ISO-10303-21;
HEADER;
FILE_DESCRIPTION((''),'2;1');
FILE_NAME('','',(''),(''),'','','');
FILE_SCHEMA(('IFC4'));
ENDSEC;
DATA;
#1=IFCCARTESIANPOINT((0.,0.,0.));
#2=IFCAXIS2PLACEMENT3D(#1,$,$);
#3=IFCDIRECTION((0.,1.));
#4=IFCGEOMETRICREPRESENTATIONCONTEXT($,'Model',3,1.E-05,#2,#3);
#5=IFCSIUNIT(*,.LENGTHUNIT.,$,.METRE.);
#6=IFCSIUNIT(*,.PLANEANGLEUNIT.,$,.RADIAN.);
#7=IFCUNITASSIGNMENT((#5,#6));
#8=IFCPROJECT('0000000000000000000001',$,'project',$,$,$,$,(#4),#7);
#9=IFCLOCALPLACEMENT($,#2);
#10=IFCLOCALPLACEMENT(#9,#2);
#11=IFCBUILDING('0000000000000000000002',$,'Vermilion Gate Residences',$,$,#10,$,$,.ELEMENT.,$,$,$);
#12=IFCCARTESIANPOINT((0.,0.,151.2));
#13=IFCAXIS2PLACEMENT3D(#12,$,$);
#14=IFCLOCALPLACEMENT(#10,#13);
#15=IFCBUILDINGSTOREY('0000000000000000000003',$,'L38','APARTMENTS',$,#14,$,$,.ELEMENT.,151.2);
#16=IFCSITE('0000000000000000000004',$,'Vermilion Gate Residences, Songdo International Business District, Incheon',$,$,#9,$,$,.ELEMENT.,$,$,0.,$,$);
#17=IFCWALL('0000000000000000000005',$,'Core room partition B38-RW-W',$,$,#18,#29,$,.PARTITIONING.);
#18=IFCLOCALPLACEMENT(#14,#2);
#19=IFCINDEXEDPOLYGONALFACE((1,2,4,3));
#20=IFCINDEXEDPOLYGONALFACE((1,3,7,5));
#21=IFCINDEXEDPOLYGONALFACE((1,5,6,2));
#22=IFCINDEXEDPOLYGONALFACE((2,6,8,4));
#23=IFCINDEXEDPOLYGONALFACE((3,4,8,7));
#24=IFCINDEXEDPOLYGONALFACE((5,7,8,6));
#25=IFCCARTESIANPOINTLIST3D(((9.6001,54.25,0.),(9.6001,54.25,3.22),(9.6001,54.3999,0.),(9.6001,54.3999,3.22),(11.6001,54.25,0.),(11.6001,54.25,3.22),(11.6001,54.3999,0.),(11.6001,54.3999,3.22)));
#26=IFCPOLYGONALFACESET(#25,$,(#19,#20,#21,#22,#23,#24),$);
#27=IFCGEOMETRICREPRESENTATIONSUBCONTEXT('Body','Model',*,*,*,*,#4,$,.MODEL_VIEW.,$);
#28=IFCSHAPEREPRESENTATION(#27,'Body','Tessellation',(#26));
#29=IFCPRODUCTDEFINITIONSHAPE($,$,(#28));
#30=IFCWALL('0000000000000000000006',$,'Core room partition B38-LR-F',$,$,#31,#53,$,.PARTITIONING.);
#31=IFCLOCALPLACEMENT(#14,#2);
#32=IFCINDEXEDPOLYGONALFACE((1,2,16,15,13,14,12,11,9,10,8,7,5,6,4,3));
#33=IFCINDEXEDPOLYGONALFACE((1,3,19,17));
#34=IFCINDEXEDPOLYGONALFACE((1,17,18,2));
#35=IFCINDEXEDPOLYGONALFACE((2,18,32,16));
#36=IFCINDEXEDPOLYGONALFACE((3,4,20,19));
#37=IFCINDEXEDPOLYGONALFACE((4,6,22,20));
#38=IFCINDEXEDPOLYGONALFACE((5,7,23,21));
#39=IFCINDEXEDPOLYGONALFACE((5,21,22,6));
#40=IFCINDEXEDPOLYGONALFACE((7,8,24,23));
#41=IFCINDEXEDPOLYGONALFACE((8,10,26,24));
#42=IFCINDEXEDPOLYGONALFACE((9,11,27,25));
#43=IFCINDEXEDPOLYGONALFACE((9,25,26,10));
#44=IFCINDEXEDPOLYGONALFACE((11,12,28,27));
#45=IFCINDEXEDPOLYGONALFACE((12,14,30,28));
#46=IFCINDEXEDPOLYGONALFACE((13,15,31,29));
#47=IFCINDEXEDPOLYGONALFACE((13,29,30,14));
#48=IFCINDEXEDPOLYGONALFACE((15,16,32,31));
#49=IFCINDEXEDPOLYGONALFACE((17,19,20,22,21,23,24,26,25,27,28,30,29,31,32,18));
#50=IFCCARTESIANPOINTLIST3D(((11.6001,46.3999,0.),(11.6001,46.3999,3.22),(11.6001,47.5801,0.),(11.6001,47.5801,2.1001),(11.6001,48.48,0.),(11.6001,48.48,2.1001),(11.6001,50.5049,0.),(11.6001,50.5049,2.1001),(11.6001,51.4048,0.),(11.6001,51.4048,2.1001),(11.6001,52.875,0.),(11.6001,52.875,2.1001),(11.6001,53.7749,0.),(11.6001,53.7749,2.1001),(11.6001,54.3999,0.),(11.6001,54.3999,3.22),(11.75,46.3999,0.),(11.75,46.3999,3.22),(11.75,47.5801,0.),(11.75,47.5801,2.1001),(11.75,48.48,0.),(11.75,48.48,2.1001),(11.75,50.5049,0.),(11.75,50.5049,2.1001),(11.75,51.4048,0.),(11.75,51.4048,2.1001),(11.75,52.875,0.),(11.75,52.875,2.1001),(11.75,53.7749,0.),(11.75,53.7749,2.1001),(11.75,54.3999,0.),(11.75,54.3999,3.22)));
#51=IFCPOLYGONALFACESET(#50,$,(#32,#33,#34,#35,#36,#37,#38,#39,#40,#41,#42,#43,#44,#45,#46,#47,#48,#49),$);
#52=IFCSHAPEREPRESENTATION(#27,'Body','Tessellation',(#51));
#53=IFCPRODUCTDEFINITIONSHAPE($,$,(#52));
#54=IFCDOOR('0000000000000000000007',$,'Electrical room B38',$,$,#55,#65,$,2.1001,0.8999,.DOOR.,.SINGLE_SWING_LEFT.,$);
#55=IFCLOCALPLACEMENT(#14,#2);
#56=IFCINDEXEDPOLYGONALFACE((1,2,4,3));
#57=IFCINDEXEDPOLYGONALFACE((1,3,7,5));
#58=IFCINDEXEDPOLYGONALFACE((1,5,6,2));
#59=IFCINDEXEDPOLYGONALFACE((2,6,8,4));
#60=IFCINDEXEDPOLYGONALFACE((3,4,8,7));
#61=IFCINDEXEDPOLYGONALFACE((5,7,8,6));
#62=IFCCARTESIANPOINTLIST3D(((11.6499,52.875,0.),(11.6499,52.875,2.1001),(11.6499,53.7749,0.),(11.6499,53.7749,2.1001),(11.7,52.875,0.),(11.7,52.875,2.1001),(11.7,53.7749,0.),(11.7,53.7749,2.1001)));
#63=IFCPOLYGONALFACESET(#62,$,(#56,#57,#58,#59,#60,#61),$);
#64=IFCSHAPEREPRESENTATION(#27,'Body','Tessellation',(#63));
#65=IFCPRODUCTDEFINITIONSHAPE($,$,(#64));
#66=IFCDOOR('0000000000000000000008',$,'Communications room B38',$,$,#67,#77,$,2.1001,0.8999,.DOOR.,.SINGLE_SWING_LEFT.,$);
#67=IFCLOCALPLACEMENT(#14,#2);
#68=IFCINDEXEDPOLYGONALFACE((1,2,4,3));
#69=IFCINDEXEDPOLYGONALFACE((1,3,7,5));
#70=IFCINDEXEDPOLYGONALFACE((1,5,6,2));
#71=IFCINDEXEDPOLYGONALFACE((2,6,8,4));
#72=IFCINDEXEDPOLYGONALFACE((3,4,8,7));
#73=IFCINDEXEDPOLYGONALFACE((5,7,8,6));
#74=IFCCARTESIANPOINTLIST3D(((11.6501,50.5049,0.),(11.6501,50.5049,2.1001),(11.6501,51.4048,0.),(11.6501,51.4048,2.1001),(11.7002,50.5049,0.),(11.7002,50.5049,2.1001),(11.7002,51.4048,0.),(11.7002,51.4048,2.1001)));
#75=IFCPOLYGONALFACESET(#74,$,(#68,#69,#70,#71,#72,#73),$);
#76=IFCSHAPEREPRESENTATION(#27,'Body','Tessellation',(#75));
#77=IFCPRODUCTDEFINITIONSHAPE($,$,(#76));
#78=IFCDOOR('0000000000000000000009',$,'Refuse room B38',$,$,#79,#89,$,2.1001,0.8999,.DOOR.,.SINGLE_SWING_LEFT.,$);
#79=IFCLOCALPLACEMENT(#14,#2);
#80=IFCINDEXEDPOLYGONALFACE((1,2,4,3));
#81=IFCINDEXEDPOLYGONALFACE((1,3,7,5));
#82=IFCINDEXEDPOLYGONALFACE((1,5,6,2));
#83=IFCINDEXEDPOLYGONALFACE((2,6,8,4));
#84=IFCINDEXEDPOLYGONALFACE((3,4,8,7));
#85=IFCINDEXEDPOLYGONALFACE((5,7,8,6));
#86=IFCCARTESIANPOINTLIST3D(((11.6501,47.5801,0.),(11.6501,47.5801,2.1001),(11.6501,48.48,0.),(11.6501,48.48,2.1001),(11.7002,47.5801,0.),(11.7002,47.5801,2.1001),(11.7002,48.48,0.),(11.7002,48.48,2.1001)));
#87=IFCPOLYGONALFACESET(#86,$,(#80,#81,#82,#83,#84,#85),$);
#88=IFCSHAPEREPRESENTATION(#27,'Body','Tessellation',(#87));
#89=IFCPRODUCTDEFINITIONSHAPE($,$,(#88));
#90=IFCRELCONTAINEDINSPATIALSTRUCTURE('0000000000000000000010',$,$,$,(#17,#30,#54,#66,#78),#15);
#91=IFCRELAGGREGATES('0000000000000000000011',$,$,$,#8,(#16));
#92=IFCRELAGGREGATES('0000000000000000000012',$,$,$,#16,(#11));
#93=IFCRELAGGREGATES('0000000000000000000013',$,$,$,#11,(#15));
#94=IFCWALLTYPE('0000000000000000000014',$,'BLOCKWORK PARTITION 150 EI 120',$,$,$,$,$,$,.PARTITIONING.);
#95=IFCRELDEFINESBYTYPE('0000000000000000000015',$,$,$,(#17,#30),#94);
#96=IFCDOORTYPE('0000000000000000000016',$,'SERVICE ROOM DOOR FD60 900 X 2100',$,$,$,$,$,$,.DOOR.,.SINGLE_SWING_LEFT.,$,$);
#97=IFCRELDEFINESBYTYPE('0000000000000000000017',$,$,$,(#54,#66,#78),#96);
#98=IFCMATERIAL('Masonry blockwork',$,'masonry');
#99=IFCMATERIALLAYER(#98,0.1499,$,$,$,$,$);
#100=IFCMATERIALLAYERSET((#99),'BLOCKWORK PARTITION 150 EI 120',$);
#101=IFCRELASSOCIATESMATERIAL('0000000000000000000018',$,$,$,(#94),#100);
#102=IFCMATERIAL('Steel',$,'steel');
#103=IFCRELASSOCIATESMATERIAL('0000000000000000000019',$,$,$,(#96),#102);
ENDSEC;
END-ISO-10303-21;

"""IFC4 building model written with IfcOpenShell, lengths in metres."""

from ifc_helpers import new_model, si_unit, direction, frame, frame_2d, origin, place, context, subcontext, project, spatial, rectangle, extrude, material, layer, layer_set, type_object, element, fill, save


model = new_model("IFC4")

# Units and contexts
model_context = context("Model", 3, precision=1e-05, world=origin(), true_north=direction((0.0, 1.0)))
body_context = subcontext(model_context, "Body", "Model", "MODEL_VIEW")
ifc_project = project(units=[si_unit("LENGTHUNIT", "METRE"), si_unit("PLANEANGLEUNIT", "RADIAN")], contexts=[model_context])

# Site, building, storey
site_placement = place(None, origin())
site = spatial("IfcSite", under=ifc_project, at=site_placement, Name="Vermilion Gate Residences, Songdo International Business District, Incheon", CompositionType="ELEMENT", RefElevation=0.0)
building_placement = place(site_placement, origin())
building = spatial("IfcBuilding", under=site, at=building_placement, Name="Vermilion Gate Residences", CompositionType="ELEMENT")
storey_placement = place(building_placement, frame((0.0, 0.0, 151.2)))
storey = spatial("IfcBuildingStorey", under=building, at=storey_placement, Name="L38", Description="APARTMENTS", CompositionType="ELEMENT", Elevation=151.2)

# Wall
ifc_material_1 = material(Name="Masonry blockwork", Category="masonry")
ifc_layer_1 = layer(ifc_material_1, 0.1499)
ifc_layer_set_1 = layer_set([ifc_layer_1], Name="BLOCKWORK PARTITION 150 EI 120")
wall_type_1 = type_object("IfcWallType", Name="BLOCKWORK PARTITION 150 EI 120", PredefinedType="PARTITIONING", material=ifc_layer_set_1)
wall_1_placement = place(storey_placement, frame((9.6001, 54.325, 0.0), z_axis=(0.0, 0.0, 1.0), x_axis=(1.0, 0.0, 0.0)))
element("IfcWall", 1, at=wall_1_placement, inside=storey, type_object=wall_type_1, Name="Core room partition B38-RW-W", PredefinedType="PARTITIONING", context=body_context, shape_type="SweptSolid", body=[
    extrude(rectangle(XDim=2.0, YDim=0.1499, at=frame_2d((1.0, 0.0))), origin(), (0.0, 0.0, 1.0), 3.22),
])

# Wall, openings, doors
wall_2_placement = place(storey_placement, frame((11.675, 54.3999, 0.0), z_axis=(0.0, 0.0, 1.0), x_axis=(0.0, -1.0, 0.0)))
wall_2 = element("IfcWall", 2, at=wall_2_placement, inside=storey, type_object=wall_type_1, Name="Core room partition B38-LR-F", PredefinedType="PARTITIONING", context=body_context, shape_type="SweptSolid", body=[
    extrude(rectangle(XDim=8.0, YDim=0.1499, at=frame_2d((4.0, 0.0))), origin(), (0.0, 0.0, 1.0), 3.22),
])
opening_1_placement = place(wall_2_placement, frame((0.625, 0.0, 0.0)))
opening_1 = element("IfcOpeningElement", 3, at=opening_1_placement, cuts=wall_2, PredefinedType="OPENING", context=body_context, shape_type="SweptSolid", body=[
    extrude(rectangle(XDim=0.8999, YDim=2.1001, at=frame_2d((0.45, 1.05))), frame((0.0, 0.085, 0.0), z_axis=(0.0, -1.0, 0.0), x_axis=(1.0, 0.0, 0.0)), (0.0, 0.0, 1.0), 0.1699),
])
opening_2_placement = place(wall_2_placement, frame((2.9951, 0.0, 0.0)))
opening_2 = element("IfcOpeningElement", 4, at=opening_2_placement, cuts=wall_2, PredefinedType="OPENING", context=body_context, shape_type="SweptSolid", body=[
    extrude(rectangle(XDim=0.8999, YDim=2.1001, at=frame_2d((0.45, 1.05))), frame((0.0, 0.085, 0.0), z_axis=(0.0, -1.0, 0.0), x_axis=(1.0, 0.0, 0.0)), (0.0, 0.0, 1.0), 0.1699),
])
opening_3_placement = place(wall_2_placement, frame((5.9199, 0.0, 0.0)))
opening_3 = element("IfcOpeningElement", 5, at=opening_3_placement, cuts=wall_2, PredefinedType="OPENING", context=body_context, shape_type="SweptSolid", body=[
    extrude(rectangle(XDim=0.8999, YDim=2.1001, at=frame_2d((0.45, 1.05))), frame((0.0, 0.085, 0.0), z_axis=(0.0, -1.0, 0.0), x_axis=(1.0, 0.0, 0.0)), (0.0, 0.0, 1.0), 0.1699),
])
ifc_material_2 = material(Name="Steel", Category="steel")
door_type = type_object("IfcDoorType", Name="SERVICE ROOM DOOR FD60 900 X 2100", OperationType="SINGLE_SWING_LEFT", PredefinedType="DOOR", material=ifc_material_2)
door_1_placement = place(opening_1_placement, origin())
door_1 = element("IfcDoor", 6, at=door_1_placement, inside=storey, type_object=door_type, Name="Electrical room B38", OperationType="SINGLE_SWING_LEFT", OverallHeight=2.1001, OverallWidth=0.8999, PredefinedType="DOOR", context=body_context, shape_type="SweptSolid", body=[
    extrude(rectangle(XDim=0.8999, YDim=2.1001, at=frame_2d((0.45, 1.05))), frame((0.0, 0.0249, 0.0), z_axis=(0.0, -1.0, 0.0), x_axis=(1.0, 0.0, 0.0)), (0.0, 0.0, 1.0), 0.05),
])
fill(opening_1, door_1)
door_2_placement = place(opening_2_placement, frame((0.8999, 0.0, 0.0), z_axis=(0.0, 0.0, 1.0), x_axis=(-1.0, 0.0, 0.0)))
door_2 = element("IfcDoor", 7, at=door_2_placement, inside=storey, type_object=door_type, Name="Communications room B38", OperationType="SINGLE_SWING_LEFT", OverallHeight=2.1001, OverallWidth=0.8999, PredefinedType="DOOR", context=body_context, shape_type="SweptSolid", body=[
    extrude(rectangle(XDim=0.8999, YDim=2.1001, at=frame_2d((0.45, 1.05))), frame((0.0, 0.0249, 0.0), z_axis=(0.0, -1.0, 0.0), x_axis=(1.0, 0.0, 0.0)), (0.0, 0.0, 1.0), 0.05),
])
fill(opening_2, door_2)
door_3_placement = place(opening_3_placement, frame((0.8999, 0.0, 0.0), z_axis=(0.0, 0.0, 1.0), x_axis=(-1.0, 0.0, 0.0)))
door_3 = element("IfcDoor", 8, at=door_3_placement, inside=storey, type_object=door_type, Name="Refuse room B38", OperationType="SINGLE_SWING_LEFT", OverallHeight=2.1001, OverallWidth=0.8999, PredefinedType="DOOR", context=body_context, shape_type="SweptSolid", body=[
    extrude(rectangle(XDim=0.8999, YDim=2.1001, at=frame_2d((0.45, 1.05))), frame((0.0, 0.0249, 0.0), z_axis=(0.0, -1.0, 0.0), x_axis=(1.0, 0.0, 0.0)), (0.0, 0.0, 1.0), 0.05),
])
fill(opening_3, door_3)

save(model, "model.ifc")
